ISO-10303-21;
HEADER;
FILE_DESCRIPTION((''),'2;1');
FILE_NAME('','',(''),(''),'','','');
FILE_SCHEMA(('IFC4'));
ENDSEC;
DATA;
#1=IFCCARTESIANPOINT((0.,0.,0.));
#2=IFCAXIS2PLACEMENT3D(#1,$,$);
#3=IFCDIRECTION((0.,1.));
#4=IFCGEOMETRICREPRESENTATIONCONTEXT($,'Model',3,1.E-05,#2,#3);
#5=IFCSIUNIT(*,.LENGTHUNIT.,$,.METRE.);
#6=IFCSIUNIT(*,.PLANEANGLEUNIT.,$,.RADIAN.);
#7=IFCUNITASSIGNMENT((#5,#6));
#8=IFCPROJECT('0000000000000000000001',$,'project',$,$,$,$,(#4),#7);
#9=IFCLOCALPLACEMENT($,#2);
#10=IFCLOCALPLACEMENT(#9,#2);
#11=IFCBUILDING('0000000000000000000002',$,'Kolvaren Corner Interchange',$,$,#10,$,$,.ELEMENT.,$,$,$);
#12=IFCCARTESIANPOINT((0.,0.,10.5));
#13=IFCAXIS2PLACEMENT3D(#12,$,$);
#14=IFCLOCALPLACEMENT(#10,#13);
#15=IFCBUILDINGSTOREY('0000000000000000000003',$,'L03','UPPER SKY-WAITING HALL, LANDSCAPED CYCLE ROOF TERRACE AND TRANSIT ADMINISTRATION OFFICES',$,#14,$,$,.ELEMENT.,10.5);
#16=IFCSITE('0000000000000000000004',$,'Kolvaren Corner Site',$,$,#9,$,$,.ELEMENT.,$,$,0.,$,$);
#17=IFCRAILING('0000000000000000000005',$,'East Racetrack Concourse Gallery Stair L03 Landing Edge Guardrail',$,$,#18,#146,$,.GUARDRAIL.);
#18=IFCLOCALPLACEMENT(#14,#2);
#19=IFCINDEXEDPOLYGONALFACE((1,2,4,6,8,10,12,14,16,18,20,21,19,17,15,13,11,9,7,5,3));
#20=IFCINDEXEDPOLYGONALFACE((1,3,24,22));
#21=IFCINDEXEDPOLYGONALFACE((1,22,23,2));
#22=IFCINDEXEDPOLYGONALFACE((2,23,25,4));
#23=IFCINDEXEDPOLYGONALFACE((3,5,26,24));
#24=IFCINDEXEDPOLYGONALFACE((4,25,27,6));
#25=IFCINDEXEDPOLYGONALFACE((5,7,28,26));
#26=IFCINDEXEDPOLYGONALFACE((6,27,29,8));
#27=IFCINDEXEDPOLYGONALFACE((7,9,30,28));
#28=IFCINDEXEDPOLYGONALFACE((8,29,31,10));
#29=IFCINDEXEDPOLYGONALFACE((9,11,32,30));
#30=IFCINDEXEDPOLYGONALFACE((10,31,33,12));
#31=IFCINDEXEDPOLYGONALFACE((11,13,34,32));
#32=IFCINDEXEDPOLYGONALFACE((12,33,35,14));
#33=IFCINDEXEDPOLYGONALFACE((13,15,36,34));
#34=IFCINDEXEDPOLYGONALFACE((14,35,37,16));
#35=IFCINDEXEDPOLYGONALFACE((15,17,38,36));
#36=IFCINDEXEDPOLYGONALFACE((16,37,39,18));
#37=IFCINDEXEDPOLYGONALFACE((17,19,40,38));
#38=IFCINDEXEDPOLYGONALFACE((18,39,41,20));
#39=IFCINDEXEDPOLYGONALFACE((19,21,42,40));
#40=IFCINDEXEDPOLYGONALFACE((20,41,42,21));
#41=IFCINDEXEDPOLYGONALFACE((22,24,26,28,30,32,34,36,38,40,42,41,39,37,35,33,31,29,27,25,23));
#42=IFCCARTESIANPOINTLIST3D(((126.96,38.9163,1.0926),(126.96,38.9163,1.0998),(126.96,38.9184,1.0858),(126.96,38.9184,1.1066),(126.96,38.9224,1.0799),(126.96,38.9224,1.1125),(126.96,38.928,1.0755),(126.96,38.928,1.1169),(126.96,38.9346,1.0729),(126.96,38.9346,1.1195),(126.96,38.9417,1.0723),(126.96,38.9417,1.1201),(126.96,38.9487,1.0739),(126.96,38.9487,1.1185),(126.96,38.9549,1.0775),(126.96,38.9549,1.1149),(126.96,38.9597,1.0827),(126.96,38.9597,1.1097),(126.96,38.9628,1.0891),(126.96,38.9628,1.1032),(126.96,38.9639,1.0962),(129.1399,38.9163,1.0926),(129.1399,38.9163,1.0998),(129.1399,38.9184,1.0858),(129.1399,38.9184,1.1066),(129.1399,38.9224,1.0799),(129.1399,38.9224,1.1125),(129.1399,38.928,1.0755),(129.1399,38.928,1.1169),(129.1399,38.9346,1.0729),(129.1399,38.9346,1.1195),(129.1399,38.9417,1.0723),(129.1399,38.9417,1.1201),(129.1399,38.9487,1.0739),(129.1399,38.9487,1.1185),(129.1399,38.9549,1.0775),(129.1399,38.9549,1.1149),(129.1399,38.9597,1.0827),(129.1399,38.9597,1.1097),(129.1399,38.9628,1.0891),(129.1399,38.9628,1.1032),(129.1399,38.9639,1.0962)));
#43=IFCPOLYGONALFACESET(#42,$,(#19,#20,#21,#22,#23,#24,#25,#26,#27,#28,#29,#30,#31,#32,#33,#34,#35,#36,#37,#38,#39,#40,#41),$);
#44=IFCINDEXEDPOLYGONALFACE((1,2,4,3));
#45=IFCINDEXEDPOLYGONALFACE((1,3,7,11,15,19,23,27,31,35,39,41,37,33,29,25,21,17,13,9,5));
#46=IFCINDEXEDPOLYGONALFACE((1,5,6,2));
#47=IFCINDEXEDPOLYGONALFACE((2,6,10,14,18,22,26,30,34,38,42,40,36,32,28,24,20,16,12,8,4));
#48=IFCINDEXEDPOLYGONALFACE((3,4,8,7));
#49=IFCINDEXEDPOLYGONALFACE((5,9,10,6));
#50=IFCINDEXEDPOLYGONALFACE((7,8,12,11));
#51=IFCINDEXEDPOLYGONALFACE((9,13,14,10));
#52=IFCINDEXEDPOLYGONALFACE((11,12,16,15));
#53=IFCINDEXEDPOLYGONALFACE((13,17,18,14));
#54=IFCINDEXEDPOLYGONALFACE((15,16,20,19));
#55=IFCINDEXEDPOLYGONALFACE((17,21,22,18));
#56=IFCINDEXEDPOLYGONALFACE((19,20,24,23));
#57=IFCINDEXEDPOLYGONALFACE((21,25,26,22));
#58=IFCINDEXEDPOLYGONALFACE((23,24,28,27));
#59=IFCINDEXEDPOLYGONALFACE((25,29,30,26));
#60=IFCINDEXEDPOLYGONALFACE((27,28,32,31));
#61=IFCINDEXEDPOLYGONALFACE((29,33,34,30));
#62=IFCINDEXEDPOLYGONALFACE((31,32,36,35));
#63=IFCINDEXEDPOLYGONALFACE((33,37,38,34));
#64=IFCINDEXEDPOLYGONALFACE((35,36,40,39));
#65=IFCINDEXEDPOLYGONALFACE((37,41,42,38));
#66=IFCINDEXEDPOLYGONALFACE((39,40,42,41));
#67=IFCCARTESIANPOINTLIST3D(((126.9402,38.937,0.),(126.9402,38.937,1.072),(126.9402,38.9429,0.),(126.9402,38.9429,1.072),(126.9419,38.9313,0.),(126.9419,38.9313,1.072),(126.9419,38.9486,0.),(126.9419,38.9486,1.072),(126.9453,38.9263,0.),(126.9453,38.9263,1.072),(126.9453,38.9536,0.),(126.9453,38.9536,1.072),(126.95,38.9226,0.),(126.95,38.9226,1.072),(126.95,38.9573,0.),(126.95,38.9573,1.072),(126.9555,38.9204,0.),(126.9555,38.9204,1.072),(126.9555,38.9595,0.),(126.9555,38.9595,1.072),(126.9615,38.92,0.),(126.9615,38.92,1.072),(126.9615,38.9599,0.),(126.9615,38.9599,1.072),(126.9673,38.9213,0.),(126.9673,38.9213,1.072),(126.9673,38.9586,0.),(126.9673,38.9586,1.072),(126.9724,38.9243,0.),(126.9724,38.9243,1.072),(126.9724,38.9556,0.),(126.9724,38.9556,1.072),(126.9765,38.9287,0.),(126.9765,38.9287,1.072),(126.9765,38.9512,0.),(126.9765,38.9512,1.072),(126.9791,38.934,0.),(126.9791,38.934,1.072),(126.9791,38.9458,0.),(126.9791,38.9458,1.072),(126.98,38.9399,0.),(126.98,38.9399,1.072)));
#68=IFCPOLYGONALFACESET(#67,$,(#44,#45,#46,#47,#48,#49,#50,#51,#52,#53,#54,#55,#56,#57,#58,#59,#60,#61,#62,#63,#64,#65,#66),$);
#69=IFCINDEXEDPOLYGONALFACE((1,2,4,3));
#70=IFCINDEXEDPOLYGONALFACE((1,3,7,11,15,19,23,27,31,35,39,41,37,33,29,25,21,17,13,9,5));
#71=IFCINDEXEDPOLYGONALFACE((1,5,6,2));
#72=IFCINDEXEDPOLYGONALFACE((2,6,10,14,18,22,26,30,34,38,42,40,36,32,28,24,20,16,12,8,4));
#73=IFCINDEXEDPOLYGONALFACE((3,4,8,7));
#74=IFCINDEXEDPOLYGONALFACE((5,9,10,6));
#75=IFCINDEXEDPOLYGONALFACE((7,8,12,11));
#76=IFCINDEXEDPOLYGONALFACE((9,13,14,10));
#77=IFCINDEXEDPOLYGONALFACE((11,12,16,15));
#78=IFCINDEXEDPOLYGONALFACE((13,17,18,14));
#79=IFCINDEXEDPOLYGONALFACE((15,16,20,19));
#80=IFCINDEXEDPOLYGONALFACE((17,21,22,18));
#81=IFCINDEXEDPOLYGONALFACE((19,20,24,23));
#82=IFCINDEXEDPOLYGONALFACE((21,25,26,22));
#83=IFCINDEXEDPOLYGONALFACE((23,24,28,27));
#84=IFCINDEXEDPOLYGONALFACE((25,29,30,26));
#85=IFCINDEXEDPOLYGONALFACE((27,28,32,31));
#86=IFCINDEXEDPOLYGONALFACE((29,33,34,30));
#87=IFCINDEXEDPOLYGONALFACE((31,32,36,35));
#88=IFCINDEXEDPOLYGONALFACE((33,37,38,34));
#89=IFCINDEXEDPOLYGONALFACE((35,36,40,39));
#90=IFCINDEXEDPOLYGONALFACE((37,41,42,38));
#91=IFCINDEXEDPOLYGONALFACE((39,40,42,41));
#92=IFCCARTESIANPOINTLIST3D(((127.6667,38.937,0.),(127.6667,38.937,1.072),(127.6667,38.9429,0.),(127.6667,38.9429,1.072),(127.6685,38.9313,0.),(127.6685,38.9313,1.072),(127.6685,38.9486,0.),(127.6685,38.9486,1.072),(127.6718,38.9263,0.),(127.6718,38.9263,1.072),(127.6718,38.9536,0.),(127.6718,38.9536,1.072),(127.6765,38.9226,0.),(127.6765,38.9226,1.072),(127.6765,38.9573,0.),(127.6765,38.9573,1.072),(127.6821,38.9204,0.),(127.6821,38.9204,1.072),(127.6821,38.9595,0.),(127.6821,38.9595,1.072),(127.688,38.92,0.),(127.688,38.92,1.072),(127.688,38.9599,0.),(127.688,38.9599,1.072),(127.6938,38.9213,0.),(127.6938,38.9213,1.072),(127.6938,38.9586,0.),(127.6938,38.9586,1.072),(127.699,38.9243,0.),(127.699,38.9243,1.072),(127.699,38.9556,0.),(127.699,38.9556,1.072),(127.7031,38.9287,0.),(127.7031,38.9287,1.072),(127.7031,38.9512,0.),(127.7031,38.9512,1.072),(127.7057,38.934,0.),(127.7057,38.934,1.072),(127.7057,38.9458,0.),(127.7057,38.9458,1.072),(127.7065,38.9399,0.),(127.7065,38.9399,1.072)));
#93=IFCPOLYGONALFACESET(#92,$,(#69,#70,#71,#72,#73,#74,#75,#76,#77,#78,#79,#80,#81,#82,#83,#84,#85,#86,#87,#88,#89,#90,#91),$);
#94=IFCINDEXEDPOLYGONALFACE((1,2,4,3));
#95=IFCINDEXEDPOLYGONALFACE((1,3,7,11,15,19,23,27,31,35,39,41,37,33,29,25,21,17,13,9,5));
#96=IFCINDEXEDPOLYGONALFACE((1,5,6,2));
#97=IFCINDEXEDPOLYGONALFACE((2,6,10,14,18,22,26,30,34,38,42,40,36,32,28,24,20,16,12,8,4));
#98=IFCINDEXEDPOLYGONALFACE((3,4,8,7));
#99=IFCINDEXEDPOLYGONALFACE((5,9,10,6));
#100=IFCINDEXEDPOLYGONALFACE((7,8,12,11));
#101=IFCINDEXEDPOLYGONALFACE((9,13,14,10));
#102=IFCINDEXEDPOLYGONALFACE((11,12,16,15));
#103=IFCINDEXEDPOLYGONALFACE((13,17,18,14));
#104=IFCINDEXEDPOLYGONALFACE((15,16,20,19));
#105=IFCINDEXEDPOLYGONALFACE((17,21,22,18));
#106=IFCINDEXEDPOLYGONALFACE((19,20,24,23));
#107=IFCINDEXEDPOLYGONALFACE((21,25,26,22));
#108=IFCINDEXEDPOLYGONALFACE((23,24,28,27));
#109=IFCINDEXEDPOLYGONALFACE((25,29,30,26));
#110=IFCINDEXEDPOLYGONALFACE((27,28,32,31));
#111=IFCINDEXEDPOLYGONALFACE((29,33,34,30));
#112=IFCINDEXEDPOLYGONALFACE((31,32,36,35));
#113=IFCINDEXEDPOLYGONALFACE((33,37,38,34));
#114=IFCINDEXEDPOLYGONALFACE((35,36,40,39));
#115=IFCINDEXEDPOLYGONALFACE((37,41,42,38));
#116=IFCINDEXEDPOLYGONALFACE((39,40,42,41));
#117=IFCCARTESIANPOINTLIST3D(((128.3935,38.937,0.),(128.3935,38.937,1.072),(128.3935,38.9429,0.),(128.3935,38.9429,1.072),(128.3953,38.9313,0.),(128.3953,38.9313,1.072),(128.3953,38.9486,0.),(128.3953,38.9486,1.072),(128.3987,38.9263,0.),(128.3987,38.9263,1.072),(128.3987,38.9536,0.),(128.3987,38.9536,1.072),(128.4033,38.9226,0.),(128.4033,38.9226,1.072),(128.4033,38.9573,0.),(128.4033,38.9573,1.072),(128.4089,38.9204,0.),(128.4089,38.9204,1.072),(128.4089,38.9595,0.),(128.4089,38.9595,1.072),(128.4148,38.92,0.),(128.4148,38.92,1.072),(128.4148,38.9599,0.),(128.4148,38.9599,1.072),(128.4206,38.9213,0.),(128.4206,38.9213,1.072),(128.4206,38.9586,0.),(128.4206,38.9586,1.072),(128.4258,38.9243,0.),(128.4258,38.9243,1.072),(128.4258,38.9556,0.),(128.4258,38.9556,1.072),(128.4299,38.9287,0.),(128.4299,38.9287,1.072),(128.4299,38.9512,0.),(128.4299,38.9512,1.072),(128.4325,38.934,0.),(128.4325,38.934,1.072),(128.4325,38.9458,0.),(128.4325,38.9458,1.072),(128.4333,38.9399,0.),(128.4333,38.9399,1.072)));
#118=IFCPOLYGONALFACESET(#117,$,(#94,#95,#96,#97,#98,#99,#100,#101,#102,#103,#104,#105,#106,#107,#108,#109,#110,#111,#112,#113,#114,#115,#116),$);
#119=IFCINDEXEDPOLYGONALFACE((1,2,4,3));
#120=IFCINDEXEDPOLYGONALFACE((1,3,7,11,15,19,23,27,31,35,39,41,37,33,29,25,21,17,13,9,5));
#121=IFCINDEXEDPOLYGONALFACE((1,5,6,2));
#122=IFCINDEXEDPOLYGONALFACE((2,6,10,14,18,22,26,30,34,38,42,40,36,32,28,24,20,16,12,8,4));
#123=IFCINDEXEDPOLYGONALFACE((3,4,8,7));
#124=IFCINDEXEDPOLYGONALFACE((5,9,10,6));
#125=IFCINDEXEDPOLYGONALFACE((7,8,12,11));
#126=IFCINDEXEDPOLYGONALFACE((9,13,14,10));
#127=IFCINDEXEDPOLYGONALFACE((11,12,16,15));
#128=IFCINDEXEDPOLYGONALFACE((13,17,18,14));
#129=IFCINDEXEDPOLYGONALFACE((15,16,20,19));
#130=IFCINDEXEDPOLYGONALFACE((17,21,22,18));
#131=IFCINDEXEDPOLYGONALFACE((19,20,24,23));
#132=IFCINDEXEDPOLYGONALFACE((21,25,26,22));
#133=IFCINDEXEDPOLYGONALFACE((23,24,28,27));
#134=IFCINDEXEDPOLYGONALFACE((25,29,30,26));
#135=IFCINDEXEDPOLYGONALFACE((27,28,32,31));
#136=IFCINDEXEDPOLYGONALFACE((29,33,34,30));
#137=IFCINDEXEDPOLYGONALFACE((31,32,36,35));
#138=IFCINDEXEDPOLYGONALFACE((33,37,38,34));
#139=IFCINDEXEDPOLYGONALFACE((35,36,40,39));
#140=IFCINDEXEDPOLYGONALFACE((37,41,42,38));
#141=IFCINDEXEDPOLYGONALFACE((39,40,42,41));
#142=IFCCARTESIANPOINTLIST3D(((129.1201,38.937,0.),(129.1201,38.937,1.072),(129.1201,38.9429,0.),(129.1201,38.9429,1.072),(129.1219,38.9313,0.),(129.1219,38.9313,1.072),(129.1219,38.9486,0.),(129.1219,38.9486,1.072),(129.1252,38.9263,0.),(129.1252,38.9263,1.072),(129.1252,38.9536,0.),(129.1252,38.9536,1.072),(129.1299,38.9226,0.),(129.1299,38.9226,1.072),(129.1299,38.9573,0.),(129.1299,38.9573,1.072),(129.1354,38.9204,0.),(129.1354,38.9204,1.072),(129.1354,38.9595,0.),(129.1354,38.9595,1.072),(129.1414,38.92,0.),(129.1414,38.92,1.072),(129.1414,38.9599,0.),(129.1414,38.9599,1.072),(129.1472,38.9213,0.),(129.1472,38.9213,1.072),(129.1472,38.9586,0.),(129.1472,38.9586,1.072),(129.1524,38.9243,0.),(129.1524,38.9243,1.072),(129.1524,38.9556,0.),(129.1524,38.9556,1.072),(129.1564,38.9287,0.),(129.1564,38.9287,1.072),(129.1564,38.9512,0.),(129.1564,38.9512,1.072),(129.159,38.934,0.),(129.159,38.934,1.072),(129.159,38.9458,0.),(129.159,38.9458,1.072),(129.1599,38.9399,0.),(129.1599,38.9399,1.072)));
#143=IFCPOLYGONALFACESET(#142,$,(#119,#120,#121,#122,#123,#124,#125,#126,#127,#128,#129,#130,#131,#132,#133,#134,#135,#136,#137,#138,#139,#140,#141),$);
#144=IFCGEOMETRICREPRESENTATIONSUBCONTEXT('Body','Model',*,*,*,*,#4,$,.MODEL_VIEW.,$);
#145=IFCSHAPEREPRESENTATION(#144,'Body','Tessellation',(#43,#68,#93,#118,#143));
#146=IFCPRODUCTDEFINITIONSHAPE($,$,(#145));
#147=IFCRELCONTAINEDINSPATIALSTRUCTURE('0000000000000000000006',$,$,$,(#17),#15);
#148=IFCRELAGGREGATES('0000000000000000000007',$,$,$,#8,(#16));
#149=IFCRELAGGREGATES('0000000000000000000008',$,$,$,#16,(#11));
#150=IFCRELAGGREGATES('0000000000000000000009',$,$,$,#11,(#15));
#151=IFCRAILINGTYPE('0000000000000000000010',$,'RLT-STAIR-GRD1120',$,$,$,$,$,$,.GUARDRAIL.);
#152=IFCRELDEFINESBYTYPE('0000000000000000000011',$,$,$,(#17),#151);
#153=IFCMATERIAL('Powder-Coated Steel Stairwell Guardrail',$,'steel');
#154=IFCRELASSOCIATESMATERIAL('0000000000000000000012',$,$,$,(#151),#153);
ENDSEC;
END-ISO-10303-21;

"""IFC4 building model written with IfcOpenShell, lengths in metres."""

from ifc_helpers import new_model, si_unit, direction, frame, origin, origin_2d, place, context, subcontext, project, spatial, circle, extrude, material, type_object, element, save


model = new_model("IFC4")

# Units and contexts
model_context = context("Model", 3, precision=1e-05, world=origin(), true_north=direction((0.0, 1.0)))
body_context = subcontext(model_context, "Body", "Model", "MODEL_VIEW")
ifc_project = project(units=[si_unit("LENGTHUNIT", "METRE"), si_unit("PLANEANGLEUNIT", "RADIAN")], contexts=[model_context])

# Site, building, storey
site_placement = place(None, origin())
site = spatial("IfcSite", under=ifc_project, at=site_placement, Name="Kolvaren Corner Site", CompositionType="ELEMENT", RefElevation=0.0)
building_placement = place(site_placement, origin())
building = spatial("IfcBuilding", under=site, at=building_placement, Name="Kolvaren Corner Interchange", CompositionType="ELEMENT")
storey_placement = place(building_placement, frame((0.0, 0.0, 10.5)))
storey = spatial("IfcBuildingStorey", under=building, at=storey_placement, Name="L03", Description="UPPER SKY-WAITING HALL, LANDSCAPED CYCLE ROOF TERRACE AND TRANSIT ADMINISTRATION OFFICES", CompositionType="ELEMENT", Elevation=10.5)

# Railing
ifc_material_1 = material(Name="Powder-Coated Steel Stairwell Guardrail", Category="steel")
railing_type = type_object("IfcRailingType", Name="RLT-STAIR-GRD1120", PredefinedType="GUARDRAIL", material=ifc_material_1)
railing_placement = place(storey_placement, frame((126.96, 38.9399, 0.0)))
element("IfcRailing", 1, at=railing_placement, inside=storey, type_object=railing_type, Name="East Racetrack Concourse Gallery Stair L03 Landing Edge Guardrail", PredefinedType="GUARDRAIL", context=body_context, shape_type="SweptSolid", body=[
    extrude(circle(Radius=0.0239, at=origin_2d()), frame((0.0, 0.0, 1.0962), z_axis=(1.0, 0.0, 0.0), x_axis=(0.0, 1.0, 0.0)), (0.0, 0.0, 1.0), 2.1799),
    extrude(circle(Radius=0.02, at=origin_2d()), origin(), (0.0, 0.0, 1.0), 1.072),
    extrude(circle(Radius=0.02, at=origin_2d()), frame((0.7266, 0.0, 0.0)), (0.0, 0.0, 1.0), 1.072),
    extrude(circle(Radius=0.02, at=origin_2d()), frame((1.4534, 0.0, 0.0)), (0.0, 0.0, 1.0), 1.072),
    extrude(circle(Radius=0.02, at=origin_2d()), frame((2.1799, 0.0, 0.0)), (0.0, 0.0, 1.0), 1.072),
])

save(model, "model.ifc")
